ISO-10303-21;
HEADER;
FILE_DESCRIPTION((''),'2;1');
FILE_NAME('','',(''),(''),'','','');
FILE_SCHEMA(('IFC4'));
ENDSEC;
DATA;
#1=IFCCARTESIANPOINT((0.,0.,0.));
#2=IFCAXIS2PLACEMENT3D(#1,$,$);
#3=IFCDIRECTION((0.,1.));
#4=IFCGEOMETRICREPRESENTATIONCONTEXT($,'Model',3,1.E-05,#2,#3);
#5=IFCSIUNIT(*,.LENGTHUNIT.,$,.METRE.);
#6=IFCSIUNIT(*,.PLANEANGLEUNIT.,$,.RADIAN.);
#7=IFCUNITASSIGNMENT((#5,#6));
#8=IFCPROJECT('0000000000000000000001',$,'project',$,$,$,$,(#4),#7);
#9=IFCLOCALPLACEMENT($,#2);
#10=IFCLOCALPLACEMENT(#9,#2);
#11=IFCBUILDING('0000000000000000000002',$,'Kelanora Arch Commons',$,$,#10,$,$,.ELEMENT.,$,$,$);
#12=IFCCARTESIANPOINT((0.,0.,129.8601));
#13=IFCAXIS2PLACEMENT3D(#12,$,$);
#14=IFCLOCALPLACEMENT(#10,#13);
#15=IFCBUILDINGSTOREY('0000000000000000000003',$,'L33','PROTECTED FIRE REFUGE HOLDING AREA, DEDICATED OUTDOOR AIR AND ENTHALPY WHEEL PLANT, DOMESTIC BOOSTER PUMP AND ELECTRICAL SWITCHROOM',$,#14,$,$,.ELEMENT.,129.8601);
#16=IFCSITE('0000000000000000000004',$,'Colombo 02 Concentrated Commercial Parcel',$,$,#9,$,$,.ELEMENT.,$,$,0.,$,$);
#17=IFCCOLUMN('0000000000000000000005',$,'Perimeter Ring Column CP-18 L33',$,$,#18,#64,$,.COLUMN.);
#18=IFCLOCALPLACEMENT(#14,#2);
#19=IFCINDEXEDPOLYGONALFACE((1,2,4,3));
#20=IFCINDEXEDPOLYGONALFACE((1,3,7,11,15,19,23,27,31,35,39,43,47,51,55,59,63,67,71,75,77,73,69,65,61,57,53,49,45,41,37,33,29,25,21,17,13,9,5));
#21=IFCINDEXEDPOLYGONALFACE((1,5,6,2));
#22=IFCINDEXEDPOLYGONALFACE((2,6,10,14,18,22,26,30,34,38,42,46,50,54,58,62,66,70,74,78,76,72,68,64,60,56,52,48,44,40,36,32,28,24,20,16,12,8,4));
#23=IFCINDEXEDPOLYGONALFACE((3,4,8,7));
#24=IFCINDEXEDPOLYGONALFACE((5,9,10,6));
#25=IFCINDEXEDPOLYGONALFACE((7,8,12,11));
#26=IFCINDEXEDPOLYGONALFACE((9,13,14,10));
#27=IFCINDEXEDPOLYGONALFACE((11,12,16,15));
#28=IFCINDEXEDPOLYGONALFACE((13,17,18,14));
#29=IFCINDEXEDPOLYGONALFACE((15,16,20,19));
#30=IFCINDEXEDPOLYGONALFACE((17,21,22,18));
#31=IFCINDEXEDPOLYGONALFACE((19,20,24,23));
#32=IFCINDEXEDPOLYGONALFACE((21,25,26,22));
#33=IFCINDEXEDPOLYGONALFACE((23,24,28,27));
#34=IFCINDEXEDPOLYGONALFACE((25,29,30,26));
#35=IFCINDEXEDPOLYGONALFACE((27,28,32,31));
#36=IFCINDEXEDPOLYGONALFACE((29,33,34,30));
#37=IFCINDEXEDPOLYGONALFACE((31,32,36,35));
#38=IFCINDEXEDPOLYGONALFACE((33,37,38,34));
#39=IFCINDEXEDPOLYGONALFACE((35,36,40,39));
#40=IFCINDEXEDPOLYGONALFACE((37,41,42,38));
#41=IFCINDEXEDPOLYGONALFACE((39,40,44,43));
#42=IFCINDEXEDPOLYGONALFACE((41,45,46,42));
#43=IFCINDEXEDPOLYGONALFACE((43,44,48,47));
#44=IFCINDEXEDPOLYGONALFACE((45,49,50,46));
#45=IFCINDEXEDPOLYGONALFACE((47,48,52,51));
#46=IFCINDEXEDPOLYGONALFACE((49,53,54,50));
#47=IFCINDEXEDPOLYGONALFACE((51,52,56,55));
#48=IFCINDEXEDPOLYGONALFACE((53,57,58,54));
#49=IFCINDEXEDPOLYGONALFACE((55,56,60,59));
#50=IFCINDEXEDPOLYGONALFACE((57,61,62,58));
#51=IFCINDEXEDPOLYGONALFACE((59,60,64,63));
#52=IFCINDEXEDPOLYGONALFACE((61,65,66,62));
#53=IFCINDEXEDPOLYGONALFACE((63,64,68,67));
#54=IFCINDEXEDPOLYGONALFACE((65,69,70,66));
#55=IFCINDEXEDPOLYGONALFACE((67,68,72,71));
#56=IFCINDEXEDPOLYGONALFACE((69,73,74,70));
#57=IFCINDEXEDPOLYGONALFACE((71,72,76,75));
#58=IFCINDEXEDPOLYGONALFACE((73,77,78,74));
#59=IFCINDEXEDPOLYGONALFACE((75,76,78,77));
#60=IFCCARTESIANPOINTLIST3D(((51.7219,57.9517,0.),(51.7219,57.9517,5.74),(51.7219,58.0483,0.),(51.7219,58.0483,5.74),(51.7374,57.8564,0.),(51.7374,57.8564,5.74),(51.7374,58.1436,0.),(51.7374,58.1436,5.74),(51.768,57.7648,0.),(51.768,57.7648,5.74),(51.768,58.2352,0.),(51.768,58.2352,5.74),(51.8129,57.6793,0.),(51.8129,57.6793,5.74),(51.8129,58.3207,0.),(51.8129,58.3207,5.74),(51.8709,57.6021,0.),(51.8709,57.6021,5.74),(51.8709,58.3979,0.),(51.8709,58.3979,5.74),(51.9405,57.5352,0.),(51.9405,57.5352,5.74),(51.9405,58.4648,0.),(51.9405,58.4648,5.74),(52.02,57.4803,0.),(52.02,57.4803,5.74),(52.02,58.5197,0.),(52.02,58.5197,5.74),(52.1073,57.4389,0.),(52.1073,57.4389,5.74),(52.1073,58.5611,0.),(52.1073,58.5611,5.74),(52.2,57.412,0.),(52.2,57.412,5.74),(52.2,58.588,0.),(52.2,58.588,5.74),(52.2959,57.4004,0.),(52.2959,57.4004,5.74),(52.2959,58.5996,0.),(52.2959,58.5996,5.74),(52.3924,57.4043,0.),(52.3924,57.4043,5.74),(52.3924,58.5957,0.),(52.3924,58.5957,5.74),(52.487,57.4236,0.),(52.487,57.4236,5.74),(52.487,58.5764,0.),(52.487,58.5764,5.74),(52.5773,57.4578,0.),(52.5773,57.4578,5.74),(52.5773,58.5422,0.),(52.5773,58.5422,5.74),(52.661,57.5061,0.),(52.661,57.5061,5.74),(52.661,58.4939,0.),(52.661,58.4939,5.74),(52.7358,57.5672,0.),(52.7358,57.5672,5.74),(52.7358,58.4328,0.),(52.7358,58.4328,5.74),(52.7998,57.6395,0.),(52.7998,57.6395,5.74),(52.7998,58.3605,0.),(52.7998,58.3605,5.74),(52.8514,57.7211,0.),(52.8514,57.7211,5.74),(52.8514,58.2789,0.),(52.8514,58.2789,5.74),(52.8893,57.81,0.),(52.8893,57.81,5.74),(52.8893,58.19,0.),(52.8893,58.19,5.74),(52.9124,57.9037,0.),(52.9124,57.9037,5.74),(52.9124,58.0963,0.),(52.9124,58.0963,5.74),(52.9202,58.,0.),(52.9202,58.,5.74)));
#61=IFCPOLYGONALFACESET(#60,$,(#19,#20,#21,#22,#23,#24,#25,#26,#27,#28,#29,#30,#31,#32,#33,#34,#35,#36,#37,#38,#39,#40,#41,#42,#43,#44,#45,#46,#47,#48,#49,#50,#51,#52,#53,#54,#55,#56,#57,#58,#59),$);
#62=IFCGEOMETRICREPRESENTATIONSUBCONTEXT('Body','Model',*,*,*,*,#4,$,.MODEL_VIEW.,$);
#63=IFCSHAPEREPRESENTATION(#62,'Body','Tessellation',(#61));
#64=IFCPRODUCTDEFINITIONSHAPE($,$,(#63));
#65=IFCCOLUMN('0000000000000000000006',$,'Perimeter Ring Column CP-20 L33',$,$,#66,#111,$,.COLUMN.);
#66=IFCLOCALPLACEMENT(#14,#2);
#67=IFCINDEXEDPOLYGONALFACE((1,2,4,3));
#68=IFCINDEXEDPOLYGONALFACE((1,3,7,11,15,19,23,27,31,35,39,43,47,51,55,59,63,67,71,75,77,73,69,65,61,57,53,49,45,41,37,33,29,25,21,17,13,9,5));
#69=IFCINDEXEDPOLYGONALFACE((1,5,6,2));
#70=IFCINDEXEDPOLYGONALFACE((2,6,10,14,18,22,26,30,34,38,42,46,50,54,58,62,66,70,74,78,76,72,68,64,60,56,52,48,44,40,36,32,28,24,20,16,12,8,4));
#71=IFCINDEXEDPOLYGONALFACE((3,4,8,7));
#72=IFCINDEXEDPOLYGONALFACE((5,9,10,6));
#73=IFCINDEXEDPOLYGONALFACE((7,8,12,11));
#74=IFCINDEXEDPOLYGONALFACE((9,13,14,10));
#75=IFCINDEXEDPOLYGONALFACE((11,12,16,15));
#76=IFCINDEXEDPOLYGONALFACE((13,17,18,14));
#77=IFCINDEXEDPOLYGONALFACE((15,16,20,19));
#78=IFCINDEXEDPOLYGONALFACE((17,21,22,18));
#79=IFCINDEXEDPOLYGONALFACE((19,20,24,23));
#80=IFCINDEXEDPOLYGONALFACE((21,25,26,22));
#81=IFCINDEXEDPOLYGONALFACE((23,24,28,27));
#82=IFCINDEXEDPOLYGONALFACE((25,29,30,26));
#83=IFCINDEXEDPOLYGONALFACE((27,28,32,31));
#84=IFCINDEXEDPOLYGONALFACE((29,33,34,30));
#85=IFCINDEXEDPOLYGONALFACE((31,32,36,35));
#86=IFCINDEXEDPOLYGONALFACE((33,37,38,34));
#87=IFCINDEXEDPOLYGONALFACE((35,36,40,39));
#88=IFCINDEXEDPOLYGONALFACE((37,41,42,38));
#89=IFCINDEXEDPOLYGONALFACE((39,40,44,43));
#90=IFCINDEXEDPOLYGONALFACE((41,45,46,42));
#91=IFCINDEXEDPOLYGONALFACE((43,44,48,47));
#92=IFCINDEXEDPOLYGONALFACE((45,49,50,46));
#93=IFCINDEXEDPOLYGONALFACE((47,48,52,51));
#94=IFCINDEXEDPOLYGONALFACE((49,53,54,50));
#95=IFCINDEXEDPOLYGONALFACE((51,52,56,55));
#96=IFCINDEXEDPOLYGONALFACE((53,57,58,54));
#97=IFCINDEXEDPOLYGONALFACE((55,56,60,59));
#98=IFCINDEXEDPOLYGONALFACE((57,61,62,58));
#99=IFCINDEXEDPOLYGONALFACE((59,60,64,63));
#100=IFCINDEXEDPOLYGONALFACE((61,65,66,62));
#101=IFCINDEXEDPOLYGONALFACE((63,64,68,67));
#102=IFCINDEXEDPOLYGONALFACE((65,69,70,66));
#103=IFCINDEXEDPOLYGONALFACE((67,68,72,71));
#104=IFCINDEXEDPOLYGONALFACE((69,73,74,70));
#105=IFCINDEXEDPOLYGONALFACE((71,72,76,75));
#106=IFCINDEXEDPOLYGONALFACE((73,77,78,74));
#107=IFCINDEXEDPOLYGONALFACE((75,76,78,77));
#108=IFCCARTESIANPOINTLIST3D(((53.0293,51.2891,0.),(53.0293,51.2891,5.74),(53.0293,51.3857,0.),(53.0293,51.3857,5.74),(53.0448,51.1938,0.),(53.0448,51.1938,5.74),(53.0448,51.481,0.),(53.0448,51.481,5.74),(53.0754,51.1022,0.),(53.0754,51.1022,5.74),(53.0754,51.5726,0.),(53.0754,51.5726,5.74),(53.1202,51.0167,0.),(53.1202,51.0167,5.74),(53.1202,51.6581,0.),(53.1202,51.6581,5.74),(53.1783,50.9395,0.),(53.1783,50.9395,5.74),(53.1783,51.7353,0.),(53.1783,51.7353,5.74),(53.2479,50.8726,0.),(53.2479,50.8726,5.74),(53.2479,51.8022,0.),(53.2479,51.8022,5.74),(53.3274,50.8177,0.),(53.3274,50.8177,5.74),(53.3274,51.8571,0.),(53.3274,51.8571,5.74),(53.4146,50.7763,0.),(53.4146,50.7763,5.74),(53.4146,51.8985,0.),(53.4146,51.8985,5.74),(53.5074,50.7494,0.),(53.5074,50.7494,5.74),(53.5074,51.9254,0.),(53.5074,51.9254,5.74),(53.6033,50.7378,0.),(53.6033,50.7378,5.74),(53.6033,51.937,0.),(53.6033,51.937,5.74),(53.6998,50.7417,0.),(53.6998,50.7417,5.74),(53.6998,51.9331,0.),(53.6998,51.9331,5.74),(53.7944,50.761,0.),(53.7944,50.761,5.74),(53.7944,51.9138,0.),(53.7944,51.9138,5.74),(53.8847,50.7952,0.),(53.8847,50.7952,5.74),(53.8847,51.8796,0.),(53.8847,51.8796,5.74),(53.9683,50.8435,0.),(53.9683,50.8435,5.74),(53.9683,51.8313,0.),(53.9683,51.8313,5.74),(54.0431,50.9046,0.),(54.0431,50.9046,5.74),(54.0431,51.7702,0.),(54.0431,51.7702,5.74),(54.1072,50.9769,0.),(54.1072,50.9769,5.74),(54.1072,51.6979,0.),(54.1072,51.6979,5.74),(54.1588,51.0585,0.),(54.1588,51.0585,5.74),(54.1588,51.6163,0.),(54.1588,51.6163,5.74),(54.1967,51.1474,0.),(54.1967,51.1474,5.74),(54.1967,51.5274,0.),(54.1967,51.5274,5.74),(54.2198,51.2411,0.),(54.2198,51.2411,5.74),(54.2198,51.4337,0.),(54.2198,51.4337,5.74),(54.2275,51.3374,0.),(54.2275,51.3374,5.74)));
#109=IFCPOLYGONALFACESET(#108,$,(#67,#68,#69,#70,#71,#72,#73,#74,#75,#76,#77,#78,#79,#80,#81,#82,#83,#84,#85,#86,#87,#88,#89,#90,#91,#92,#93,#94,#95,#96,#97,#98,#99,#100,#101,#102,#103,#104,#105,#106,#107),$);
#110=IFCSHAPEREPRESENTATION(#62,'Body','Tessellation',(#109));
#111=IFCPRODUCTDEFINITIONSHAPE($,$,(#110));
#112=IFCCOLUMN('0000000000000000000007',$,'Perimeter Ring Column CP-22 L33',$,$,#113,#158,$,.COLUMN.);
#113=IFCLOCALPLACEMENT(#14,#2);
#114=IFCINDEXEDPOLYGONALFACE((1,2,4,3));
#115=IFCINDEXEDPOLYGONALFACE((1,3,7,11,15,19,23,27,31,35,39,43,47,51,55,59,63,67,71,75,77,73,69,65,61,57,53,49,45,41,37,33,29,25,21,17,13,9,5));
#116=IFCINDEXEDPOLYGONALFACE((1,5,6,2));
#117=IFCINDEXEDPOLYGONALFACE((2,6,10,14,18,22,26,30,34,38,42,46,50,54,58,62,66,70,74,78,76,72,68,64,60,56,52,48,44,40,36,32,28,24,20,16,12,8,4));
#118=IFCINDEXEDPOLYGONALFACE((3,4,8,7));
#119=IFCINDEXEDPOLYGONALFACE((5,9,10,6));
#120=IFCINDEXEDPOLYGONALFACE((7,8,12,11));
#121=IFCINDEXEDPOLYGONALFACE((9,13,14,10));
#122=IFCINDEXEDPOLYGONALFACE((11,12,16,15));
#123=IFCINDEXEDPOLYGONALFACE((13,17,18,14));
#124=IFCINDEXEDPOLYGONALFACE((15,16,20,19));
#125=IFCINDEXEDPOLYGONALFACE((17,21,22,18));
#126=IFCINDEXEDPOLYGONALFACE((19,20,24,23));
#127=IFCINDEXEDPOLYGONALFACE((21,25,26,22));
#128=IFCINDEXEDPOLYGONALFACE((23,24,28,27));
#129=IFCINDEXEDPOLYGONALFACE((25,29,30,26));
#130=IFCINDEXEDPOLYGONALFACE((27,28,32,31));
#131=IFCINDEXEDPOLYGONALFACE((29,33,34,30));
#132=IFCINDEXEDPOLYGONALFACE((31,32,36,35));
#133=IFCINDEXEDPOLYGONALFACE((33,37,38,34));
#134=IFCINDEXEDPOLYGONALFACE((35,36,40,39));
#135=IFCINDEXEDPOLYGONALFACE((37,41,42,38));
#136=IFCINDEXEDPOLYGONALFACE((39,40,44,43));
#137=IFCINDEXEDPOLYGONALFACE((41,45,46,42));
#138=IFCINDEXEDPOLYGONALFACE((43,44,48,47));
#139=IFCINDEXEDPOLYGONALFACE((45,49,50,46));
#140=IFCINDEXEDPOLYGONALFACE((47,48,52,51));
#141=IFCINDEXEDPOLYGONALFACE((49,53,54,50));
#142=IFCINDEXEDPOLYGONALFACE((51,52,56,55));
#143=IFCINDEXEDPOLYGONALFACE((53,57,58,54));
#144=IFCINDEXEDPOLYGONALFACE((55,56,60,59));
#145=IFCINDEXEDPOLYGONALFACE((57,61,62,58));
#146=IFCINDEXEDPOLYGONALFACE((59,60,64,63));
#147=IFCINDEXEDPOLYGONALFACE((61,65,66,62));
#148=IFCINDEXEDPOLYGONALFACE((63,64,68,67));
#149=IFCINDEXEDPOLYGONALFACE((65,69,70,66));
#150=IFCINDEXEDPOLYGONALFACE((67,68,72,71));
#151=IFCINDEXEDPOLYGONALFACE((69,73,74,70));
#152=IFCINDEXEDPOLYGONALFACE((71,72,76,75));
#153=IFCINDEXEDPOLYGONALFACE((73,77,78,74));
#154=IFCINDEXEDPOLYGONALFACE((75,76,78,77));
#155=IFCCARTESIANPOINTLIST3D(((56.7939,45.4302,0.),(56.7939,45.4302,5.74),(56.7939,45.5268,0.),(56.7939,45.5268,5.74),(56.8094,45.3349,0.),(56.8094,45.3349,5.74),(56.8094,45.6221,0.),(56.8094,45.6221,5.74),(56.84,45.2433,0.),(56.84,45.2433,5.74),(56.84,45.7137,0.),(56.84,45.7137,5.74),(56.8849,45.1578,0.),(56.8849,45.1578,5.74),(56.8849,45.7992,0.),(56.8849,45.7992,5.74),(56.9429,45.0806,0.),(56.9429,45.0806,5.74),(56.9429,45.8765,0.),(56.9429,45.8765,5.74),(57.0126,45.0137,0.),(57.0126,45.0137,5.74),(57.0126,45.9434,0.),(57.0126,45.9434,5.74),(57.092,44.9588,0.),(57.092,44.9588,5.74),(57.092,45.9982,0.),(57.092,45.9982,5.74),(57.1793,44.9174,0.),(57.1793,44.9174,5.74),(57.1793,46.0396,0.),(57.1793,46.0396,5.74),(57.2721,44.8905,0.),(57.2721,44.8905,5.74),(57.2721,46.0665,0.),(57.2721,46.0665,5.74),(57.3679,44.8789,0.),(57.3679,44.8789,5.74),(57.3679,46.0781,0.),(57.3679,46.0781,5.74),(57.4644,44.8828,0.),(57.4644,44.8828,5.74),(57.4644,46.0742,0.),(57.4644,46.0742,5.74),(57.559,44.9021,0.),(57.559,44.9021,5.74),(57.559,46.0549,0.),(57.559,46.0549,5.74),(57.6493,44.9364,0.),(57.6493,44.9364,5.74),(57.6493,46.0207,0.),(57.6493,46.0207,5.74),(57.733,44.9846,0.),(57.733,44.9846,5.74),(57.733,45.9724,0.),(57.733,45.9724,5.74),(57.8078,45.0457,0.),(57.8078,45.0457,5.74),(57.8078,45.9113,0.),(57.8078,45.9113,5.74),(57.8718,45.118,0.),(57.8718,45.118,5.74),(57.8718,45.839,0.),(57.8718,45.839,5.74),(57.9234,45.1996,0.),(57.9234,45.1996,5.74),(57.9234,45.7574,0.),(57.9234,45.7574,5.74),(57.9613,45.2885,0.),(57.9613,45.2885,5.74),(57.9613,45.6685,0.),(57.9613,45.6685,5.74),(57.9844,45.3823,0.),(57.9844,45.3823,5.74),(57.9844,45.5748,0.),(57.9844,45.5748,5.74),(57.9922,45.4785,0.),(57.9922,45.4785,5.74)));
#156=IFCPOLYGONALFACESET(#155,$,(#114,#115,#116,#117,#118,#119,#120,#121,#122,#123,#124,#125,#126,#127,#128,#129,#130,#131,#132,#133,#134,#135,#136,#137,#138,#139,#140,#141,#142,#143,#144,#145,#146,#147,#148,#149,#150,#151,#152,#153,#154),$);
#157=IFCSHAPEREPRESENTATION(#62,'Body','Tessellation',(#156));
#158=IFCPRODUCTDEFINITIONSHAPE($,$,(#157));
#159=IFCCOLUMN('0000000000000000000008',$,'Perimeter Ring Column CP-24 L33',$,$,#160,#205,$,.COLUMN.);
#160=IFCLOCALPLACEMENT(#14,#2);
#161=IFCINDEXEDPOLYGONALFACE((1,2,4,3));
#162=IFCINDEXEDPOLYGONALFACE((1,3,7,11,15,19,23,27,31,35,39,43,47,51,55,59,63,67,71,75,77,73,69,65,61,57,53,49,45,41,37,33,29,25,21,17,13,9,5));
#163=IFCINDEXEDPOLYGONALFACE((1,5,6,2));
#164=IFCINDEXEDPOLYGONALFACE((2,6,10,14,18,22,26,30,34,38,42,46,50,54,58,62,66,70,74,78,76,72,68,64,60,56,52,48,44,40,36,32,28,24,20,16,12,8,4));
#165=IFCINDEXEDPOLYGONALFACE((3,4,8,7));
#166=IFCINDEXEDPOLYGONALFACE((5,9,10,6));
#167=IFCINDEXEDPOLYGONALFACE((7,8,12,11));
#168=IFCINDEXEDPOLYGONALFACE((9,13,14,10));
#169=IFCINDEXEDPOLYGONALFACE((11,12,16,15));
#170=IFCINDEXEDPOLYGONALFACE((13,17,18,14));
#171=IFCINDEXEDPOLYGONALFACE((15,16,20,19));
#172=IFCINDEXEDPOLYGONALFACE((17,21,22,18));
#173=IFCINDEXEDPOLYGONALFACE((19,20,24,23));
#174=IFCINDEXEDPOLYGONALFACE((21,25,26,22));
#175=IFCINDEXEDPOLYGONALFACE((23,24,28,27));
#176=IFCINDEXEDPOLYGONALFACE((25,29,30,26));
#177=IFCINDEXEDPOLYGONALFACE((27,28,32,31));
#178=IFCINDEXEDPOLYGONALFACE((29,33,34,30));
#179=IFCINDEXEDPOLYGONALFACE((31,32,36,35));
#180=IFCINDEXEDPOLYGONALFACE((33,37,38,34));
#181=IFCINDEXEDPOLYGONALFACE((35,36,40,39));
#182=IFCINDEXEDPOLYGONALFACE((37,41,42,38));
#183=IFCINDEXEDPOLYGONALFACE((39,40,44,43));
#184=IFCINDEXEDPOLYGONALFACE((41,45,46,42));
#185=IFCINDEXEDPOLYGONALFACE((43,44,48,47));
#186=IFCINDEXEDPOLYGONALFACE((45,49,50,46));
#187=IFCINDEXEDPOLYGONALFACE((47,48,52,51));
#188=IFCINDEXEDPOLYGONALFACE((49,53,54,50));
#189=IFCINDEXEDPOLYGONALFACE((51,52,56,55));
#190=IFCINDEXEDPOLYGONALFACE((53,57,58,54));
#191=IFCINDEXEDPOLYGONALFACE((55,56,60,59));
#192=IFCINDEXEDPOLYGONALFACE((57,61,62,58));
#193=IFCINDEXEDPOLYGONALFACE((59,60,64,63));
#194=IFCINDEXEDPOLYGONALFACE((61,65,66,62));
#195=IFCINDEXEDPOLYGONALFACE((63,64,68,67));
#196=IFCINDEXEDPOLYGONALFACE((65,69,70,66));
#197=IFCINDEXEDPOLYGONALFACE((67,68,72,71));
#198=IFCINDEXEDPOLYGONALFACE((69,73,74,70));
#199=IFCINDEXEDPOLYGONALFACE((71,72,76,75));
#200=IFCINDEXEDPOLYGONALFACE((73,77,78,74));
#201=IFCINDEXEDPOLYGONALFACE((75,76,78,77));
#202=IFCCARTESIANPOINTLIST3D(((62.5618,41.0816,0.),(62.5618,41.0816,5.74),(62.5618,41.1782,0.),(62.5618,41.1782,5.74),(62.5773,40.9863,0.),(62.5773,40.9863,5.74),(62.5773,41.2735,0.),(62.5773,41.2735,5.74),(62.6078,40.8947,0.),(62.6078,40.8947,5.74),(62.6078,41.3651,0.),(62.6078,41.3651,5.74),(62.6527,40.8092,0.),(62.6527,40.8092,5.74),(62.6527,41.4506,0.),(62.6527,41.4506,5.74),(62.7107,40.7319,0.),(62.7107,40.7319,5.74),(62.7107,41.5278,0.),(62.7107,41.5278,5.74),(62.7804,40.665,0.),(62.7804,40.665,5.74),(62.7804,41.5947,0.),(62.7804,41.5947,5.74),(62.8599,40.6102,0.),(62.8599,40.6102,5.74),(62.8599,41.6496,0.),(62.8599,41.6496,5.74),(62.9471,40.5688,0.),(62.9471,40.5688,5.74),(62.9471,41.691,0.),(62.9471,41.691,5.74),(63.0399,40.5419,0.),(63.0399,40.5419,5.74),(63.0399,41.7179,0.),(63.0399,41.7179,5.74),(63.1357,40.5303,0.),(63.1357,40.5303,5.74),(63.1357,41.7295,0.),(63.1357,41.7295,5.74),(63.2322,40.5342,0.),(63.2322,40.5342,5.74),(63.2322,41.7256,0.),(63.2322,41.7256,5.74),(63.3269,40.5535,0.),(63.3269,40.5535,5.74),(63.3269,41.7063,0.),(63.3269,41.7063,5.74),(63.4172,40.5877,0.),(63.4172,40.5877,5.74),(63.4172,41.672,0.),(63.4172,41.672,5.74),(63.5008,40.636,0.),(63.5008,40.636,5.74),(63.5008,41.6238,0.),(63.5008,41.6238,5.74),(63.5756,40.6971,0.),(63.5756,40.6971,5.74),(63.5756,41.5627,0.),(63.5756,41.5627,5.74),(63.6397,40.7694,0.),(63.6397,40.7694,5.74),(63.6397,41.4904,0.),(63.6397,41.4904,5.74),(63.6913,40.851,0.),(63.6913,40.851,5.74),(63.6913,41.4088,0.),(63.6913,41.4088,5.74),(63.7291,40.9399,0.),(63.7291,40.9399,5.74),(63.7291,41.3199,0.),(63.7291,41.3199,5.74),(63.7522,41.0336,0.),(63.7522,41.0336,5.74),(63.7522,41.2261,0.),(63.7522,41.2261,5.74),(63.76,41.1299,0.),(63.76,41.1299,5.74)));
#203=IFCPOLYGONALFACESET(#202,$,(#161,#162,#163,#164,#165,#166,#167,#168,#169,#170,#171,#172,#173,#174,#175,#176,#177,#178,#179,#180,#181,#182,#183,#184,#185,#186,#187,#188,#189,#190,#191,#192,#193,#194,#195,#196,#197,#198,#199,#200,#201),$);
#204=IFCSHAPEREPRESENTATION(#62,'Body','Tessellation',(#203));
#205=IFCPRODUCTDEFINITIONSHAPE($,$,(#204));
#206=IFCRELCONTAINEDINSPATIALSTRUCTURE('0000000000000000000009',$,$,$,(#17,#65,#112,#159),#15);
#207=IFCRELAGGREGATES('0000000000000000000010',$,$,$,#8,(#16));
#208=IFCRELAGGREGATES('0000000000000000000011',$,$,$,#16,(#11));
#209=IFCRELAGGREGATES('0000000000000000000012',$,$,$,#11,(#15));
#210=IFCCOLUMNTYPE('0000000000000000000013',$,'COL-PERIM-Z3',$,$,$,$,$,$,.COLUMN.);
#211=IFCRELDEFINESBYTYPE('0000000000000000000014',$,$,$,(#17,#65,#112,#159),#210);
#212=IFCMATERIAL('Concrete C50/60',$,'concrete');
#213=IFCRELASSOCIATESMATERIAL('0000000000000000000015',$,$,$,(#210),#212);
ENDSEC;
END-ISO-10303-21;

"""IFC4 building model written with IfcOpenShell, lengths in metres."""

from ifc_helpers import new_model, si_unit, direction, frame, origin, origin_2d, place, context, subcontext, project, spatial, circle, extrude, material, material_profile, profile_set, type_object, element, save


model = new_model("IFC4")

# Units and contexts
model_context = context("Model", 3, precision=1e-05, world=origin(), true_north=direction((0.0, 1.0)))
body_context = subcontext(model_context, "Body", "Model", "MODEL_VIEW")
ifc_project = project(units=[si_unit("LENGTHUNIT", "METRE"), si_unit("PLANEANGLEUNIT", "RADIAN")], contexts=[model_context])

# Site, building, storey
site_placement = place(None, origin())
site = spatial("IfcSite", under=ifc_project, at=site_placement, Name="Colombo 02 Concentrated Commercial Parcel", CompositionType="ELEMENT", RefElevation=0.0)
building_placement = place(site_placement, origin())
building = spatial("IfcBuilding", under=site, at=building_placement, Name="Kelanora Arch Commons", CompositionType="ELEMENT")
storey_placement = place(building_placement, frame((0.0, 0.0, 129.8601)))
storey = spatial("IfcBuildingStorey", under=building, at=storey_placement, Name="L33", Description="PROTECTED FIRE REFUGE HOLDING AREA, DEDICATED OUTDOOR AIR AND ENTHALPY WHEEL PLANT, DOMESTIC BOOSTER PUMP AND ELECTRICAL SWITCHROOM", CompositionType="ELEMENT", Elevation=129.8601)

# Columns
ifc_material_1 = material(Name="Concrete C50/60", Category="concrete")
ifc_material_profile_1 = material_profile(ifc_material_1, circle(Radius=0.6001, at=origin_2d()), Name="RCC1200")
ifc_profile_set_1 = profile_set([ifc_material_profile_1], Name="Concrete C50/60")
column_type = type_object("IfcColumnType", Name="COL-PERIM-Z3", PredefinedType="COLUMN", material=ifc_profile_set_1)
for number, where, z_axis, x_axis, name in (
    (1, (52.3201, 58.0, 0.0), (0.0, 0.0, 1.0), (1.0, 0.0, 0.0), "Perimeter Ring Column CP-18 L33"),
    (2, (53.6274, 51.3374, 0.0), (0.0, 0.0, 1.0), (1.0, 0.0, 0.0), "Perimeter Ring Column CP-20 L33"),
    (3, (57.3921, 45.4785, 0.0), (0.0, 0.0, 1.0), (1.0, 0.0, 0.0), "Perimeter Ring Column CP-22 L33"),
    (4, (63.1599, 41.1299, 0.0), (0.0, 0.0, 1.0), (1.0, 0.0, 0.0), "Perimeter Ring Column CP-24 L33"),
):
    element("IfcColumn", number, at=place(storey_placement, frame(where, z_axis=z_axis, x_axis=x_axis)), inside=storey, type_object=column_type, Name=name, PredefinedType="COLUMN", context=body_context, shape_type="SweptSolid", body=[
        extrude(circle(Radius=0.6001, at=origin_2d()), origin(), (0.0, 0.0, 1.0), 5.74),
    ])

save(model, "model.ifc")
